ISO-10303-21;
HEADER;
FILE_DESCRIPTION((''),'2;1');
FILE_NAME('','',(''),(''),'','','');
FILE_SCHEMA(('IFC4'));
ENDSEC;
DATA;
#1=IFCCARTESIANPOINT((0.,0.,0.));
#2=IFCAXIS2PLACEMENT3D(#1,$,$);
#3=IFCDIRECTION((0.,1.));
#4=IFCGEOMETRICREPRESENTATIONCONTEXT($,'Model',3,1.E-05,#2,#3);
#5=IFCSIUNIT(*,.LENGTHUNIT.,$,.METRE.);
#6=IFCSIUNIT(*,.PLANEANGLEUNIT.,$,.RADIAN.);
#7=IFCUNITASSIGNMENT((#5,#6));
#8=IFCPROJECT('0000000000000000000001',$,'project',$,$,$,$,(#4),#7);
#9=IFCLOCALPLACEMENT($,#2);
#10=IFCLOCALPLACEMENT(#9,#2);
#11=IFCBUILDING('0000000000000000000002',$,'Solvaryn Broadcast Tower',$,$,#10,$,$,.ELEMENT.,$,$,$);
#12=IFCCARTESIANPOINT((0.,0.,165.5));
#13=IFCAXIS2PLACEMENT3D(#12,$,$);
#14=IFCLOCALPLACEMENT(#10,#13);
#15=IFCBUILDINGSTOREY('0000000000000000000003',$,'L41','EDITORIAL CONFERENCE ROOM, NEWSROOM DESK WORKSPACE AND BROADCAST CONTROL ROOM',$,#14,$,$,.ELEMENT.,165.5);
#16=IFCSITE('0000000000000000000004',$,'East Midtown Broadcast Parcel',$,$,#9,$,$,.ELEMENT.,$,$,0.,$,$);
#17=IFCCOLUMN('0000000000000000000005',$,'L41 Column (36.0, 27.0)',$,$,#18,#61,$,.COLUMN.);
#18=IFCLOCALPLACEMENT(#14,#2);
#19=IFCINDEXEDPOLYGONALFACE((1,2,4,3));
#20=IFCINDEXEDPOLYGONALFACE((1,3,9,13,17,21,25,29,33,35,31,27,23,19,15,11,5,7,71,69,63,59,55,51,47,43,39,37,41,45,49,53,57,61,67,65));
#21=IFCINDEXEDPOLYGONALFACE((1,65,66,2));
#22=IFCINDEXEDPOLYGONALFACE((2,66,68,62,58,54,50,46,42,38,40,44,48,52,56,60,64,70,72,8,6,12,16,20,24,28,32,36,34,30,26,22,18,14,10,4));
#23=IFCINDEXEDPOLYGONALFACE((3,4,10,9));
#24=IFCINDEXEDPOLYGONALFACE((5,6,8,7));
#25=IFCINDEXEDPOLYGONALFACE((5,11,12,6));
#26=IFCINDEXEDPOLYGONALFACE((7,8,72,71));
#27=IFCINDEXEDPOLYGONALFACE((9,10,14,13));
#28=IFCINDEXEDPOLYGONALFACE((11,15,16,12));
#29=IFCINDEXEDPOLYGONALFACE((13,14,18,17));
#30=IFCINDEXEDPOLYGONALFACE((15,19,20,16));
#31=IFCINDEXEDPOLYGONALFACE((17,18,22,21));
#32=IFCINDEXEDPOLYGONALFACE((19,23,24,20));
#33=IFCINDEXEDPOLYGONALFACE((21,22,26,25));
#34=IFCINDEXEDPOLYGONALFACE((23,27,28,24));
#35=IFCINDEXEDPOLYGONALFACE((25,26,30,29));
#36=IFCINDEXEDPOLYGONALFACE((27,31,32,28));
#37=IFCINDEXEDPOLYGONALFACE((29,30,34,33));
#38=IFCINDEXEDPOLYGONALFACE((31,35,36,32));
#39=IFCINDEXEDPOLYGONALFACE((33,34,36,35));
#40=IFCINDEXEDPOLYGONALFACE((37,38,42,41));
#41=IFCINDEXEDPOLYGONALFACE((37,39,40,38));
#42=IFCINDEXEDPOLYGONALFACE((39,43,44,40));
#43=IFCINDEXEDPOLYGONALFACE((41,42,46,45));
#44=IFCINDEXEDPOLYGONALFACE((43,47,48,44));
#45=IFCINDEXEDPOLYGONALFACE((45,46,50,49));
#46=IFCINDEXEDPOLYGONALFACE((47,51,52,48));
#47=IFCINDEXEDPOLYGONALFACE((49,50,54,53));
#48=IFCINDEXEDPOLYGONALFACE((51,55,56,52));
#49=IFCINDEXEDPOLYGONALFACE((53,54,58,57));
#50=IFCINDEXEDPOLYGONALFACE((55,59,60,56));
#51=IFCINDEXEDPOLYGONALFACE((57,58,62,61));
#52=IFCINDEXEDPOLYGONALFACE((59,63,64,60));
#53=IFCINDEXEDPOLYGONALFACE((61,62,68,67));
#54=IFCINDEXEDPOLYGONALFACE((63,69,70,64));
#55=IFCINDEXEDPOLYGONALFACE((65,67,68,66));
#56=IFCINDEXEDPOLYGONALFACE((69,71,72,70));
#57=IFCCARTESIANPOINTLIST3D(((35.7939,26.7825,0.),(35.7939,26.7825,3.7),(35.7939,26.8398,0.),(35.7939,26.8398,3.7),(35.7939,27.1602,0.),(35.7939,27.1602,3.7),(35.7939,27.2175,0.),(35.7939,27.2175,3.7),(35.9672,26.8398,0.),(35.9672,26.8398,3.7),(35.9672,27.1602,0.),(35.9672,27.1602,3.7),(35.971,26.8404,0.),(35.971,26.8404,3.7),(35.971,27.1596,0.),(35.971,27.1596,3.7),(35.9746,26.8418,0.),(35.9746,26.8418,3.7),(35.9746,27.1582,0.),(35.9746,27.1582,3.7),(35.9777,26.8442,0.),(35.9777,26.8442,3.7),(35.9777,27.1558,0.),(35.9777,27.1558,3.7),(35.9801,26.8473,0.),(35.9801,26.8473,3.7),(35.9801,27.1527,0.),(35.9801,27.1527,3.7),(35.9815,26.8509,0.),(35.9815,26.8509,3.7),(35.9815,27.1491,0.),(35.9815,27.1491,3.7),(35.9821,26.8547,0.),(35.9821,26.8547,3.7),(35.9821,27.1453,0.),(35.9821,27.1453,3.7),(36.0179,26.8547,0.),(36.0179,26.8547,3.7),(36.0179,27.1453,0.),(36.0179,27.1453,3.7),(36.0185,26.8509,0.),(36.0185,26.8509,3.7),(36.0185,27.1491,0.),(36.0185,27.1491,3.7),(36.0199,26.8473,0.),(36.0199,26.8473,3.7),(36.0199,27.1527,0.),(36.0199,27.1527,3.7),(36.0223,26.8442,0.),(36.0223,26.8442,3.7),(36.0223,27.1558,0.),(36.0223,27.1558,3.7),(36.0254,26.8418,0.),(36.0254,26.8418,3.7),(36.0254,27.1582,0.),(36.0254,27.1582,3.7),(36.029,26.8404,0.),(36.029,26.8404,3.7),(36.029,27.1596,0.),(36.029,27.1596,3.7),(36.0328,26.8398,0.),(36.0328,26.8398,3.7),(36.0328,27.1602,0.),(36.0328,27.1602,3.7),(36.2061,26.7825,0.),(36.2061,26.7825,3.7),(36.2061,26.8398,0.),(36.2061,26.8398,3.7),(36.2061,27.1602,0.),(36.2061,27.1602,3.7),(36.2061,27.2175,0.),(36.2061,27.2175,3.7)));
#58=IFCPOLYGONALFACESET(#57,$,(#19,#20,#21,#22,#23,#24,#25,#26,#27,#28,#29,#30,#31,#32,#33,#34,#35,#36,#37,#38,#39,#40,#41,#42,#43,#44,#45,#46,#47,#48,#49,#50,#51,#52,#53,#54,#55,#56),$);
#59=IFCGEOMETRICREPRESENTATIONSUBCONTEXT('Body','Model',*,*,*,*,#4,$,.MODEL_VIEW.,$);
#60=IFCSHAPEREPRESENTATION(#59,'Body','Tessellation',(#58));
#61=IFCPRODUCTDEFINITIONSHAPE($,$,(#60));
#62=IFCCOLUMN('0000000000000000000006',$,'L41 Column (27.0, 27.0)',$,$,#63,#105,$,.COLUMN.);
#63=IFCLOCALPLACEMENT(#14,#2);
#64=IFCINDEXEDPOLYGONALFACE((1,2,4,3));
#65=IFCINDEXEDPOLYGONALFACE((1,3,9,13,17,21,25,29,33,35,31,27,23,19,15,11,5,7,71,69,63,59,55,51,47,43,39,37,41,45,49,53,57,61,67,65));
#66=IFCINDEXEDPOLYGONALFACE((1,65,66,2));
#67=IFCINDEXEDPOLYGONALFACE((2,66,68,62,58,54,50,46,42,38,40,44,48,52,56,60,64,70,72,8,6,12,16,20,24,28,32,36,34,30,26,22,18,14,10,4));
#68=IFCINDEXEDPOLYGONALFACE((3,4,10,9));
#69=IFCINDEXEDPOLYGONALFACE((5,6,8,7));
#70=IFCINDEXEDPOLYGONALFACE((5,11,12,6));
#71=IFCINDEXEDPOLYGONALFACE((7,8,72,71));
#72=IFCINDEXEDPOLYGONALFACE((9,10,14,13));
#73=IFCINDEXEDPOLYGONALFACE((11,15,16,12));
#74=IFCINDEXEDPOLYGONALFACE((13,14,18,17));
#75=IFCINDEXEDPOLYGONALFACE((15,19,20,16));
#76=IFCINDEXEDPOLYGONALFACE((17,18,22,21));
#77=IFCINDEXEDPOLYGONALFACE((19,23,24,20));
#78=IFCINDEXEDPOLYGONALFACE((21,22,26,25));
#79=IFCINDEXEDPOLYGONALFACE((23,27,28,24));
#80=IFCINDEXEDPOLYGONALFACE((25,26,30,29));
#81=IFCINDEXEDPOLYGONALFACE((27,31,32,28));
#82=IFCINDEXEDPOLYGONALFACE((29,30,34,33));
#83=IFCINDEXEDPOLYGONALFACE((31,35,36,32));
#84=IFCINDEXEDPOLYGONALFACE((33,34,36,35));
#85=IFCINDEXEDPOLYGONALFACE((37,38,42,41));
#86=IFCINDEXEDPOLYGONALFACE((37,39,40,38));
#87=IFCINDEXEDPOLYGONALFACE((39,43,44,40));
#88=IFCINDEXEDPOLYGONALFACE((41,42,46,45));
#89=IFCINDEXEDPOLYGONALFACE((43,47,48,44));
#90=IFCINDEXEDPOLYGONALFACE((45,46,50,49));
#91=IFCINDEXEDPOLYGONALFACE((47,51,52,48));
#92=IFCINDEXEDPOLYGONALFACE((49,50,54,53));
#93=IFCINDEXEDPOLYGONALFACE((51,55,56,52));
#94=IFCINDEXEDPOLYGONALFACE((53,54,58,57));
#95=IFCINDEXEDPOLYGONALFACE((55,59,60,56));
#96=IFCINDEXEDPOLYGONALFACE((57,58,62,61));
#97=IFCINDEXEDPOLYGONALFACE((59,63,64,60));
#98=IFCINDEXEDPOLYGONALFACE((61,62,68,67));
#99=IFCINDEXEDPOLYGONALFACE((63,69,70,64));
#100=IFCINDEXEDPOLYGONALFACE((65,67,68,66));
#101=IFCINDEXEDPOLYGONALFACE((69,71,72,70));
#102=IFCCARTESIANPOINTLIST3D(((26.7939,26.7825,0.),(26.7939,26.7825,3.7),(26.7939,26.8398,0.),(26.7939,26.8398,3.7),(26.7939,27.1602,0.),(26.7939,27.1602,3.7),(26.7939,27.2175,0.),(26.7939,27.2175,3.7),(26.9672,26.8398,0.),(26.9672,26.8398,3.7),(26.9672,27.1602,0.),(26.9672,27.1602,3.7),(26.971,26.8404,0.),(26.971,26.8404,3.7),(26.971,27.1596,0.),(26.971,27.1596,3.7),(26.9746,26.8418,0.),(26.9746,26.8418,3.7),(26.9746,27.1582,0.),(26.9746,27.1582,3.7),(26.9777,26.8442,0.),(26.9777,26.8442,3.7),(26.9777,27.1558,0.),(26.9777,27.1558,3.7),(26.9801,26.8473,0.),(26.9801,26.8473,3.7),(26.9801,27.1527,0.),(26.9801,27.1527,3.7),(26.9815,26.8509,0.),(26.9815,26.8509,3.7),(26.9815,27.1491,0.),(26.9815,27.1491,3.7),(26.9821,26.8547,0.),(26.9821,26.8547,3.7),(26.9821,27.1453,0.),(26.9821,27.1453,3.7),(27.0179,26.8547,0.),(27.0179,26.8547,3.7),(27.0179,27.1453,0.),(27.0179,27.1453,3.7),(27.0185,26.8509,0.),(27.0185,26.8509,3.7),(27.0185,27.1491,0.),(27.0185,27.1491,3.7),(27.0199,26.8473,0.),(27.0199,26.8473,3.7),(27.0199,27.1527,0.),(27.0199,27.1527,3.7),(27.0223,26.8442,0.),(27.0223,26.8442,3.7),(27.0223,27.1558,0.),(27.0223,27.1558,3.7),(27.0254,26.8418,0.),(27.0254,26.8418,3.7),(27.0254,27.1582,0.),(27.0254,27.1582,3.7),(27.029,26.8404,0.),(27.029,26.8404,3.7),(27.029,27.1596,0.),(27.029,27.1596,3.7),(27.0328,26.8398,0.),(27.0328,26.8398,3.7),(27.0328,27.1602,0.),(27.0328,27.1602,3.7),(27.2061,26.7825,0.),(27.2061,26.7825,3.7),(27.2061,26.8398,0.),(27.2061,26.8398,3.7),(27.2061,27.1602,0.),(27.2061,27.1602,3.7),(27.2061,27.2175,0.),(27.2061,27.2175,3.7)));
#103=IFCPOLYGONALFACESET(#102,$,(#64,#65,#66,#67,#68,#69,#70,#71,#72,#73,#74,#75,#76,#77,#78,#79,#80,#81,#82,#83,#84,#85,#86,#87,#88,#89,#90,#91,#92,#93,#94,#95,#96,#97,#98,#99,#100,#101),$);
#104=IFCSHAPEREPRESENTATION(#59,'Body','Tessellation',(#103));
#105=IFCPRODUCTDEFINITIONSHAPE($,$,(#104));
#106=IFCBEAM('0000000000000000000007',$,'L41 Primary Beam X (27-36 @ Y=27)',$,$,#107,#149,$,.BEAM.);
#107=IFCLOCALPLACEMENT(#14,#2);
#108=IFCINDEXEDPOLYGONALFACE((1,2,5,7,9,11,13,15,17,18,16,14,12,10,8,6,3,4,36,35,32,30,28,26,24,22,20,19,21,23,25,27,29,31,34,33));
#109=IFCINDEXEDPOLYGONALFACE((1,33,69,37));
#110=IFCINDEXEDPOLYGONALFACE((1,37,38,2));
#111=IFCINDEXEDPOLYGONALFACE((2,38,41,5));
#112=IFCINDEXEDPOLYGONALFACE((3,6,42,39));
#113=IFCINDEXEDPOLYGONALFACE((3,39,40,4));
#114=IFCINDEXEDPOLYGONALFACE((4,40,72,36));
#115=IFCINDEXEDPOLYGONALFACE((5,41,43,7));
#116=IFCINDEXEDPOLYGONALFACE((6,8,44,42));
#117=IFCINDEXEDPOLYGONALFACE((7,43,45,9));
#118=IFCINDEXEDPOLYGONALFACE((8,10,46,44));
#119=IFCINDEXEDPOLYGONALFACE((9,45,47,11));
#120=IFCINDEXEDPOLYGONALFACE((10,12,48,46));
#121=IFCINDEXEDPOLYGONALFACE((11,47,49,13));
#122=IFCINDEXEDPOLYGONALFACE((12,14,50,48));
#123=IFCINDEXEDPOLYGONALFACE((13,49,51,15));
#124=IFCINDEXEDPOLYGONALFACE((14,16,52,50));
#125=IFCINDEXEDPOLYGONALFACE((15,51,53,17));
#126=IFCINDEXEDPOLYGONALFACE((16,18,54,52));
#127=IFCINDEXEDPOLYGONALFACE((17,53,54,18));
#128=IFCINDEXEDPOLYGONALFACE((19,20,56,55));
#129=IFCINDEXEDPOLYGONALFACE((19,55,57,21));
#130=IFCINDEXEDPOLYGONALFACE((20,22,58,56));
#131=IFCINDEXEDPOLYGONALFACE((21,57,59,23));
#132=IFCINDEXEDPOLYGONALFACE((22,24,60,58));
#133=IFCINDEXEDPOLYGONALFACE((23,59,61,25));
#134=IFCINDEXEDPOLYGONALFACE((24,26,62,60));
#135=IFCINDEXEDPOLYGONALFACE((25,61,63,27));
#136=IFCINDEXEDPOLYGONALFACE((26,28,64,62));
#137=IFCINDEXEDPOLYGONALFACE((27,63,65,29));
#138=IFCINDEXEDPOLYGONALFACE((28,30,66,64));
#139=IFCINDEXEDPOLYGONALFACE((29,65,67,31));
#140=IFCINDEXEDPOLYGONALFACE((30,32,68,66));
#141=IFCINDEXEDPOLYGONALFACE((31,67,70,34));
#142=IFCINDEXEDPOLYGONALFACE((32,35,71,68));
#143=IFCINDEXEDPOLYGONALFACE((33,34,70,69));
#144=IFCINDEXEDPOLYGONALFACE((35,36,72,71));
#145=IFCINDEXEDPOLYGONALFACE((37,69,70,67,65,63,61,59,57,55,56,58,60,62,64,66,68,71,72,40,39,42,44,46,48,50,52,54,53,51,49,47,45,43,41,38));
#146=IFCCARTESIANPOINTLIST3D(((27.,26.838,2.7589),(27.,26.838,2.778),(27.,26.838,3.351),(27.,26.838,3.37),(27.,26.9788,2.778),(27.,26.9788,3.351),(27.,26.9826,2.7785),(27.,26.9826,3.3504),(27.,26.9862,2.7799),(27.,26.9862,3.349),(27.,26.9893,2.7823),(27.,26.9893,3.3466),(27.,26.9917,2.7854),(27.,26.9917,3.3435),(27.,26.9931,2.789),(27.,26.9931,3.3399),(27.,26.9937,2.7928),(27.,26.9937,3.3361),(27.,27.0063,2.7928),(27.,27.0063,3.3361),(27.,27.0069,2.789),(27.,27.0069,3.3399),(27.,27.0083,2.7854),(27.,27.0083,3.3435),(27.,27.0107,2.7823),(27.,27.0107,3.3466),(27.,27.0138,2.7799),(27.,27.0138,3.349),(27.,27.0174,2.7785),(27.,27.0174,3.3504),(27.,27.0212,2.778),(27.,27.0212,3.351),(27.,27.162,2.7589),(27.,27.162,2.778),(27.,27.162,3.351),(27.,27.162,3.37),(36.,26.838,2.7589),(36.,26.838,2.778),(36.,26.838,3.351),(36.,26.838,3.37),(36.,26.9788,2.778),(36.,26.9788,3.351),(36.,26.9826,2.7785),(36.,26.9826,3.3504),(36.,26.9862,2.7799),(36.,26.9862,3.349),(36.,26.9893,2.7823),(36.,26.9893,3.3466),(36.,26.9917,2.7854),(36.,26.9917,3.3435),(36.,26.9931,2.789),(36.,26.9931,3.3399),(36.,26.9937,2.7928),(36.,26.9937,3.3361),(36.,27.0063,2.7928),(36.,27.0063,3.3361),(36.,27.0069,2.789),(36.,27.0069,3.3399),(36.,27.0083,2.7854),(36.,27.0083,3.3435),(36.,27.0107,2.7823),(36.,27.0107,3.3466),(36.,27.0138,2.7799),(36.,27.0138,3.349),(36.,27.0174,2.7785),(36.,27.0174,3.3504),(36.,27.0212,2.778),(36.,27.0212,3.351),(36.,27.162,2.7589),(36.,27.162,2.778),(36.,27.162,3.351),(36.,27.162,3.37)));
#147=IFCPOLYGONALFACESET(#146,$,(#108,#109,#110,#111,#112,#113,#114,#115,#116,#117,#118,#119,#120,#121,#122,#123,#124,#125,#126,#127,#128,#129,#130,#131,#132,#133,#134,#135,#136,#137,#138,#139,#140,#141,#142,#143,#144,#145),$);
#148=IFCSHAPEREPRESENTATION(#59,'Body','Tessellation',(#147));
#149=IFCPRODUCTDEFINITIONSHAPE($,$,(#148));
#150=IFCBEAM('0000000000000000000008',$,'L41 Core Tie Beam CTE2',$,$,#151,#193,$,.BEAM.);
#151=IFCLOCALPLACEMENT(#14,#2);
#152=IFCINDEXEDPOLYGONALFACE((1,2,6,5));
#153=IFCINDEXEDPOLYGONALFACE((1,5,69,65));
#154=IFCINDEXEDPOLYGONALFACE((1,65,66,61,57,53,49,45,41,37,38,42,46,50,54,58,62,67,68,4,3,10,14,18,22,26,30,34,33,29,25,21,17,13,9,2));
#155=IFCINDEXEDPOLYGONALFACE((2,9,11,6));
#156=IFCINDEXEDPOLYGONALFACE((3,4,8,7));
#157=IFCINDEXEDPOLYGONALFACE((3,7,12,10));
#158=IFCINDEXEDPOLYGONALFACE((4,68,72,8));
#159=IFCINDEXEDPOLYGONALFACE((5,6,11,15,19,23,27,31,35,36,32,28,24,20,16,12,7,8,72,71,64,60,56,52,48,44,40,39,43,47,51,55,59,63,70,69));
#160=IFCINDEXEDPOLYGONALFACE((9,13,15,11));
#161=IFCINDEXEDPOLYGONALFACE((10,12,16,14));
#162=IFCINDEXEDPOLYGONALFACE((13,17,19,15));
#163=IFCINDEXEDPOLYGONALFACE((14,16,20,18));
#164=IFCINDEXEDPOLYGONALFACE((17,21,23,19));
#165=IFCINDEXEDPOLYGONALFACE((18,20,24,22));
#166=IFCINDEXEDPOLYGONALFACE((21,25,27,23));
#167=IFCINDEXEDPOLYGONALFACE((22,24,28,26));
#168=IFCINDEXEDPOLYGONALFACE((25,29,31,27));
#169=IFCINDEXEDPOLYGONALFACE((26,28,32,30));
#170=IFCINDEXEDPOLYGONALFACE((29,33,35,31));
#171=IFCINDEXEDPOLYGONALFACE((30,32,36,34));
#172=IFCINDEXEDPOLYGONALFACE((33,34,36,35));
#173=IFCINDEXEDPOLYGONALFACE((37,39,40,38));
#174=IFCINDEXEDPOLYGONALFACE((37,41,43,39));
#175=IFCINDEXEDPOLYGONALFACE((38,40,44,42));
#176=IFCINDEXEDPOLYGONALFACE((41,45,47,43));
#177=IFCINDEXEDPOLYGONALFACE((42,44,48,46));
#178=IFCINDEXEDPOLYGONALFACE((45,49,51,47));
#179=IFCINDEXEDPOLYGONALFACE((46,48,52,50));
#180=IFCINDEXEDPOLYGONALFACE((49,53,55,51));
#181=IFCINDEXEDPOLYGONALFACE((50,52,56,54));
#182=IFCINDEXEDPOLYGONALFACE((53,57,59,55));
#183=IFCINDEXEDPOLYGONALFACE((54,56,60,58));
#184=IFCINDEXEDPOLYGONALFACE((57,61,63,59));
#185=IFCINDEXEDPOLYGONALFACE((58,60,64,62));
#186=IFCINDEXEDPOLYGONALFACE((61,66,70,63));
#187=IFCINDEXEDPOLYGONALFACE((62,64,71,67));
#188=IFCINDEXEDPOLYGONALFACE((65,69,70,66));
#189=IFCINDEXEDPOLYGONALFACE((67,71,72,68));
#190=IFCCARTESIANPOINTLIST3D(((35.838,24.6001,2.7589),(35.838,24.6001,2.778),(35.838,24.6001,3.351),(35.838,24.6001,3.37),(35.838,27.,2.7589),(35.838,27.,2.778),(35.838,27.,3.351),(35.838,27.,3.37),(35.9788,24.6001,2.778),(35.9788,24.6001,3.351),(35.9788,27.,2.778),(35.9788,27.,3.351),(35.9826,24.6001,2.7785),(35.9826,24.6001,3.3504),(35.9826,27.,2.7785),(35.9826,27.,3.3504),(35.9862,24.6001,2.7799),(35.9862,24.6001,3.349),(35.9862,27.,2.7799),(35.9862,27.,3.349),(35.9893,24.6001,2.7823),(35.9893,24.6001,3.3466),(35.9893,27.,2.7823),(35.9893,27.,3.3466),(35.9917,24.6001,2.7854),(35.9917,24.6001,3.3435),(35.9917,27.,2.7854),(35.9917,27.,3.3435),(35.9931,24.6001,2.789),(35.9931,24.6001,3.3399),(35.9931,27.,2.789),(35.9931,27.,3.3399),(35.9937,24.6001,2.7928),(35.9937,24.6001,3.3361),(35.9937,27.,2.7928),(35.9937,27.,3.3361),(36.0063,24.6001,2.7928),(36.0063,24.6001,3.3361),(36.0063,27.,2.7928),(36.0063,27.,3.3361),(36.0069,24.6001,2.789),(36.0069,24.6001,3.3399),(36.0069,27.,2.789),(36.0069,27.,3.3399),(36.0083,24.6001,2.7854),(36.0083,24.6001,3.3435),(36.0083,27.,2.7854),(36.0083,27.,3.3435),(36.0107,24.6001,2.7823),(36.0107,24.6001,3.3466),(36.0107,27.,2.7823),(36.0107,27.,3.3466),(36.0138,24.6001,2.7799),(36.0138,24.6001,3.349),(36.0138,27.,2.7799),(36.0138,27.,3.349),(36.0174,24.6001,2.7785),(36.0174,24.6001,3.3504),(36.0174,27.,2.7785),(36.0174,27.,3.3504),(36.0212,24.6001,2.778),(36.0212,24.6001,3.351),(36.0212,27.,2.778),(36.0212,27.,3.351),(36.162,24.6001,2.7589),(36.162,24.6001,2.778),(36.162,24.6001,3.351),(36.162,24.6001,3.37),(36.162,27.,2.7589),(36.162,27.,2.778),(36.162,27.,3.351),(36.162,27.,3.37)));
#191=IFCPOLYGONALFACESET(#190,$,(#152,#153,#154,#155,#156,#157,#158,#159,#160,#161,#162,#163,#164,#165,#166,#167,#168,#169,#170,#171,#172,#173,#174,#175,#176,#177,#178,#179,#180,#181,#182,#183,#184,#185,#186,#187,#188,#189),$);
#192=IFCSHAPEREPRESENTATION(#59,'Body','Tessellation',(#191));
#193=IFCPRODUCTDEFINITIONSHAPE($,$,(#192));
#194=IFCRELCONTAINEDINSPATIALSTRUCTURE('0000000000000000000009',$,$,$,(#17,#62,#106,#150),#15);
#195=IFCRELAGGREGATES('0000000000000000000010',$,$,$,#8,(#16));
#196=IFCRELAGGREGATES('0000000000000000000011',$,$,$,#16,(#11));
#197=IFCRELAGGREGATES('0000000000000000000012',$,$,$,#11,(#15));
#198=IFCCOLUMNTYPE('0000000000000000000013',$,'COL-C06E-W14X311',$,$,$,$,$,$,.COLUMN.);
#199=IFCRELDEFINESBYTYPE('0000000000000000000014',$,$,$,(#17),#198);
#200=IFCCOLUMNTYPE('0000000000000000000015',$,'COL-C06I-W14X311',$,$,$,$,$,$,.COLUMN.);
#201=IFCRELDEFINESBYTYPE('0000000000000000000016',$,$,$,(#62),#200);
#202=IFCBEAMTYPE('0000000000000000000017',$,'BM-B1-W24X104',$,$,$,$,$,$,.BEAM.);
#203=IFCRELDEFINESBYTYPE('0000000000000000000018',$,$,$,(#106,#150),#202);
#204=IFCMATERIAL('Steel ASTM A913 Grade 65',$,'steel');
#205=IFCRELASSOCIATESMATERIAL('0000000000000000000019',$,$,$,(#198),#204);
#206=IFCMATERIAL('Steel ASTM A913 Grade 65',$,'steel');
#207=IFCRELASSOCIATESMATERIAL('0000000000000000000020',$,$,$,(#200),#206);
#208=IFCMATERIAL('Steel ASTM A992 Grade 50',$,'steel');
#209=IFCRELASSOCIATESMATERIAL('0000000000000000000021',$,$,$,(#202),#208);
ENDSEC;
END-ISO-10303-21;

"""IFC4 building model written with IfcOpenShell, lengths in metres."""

from ifc_helpers import new_model, si_unit, direction, frame, origin, origin_2d, place, context, subcontext, project, spatial, i_section, extrude, material, material_profile, profile_set, type_object, element, save


model = new_model("IFC4")

# Units and contexts
model_context = context("Model", 3, precision=1e-05, world=origin(), true_north=direction((0.0, 1.0)))
body_context = subcontext(model_context, "Body", "Model", "MODEL_VIEW")
ifc_project = project(units=[si_unit("LENGTHUNIT", "METRE"), si_unit("PLANEANGLEUNIT", "RADIAN")], contexts=[model_context])

# Site, building, storey
site_placement = place(None, origin())
site = spatial("IfcSite", under=ifc_project, at=site_placement, Name="East Midtown Broadcast Parcel", CompositionType="ELEMENT", RefElevation=0.0)
building_placement = place(site_placement, origin())
building = spatial("IfcBuilding", under=site, at=building_placement, Name="Solvaryn Broadcast Tower", CompositionType="ELEMENT")
storey_placement = place(building_placement, frame((0.0, 0.0, 165.5)))
storey = spatial("IfcBuildingStorey", under=building, at=storey_placement, Name="L41", Description="EDITORIAL CONFERENCE ROOM, NEWSROOM DESK WORKSPACE AND BROADCAST CONTROL ROOM", CompositionType="ELEMENT", Elevation=165.5)

# Columns
ifc_material_1 = material(Name="Steel ASTM A913 Grade 65", Category="steel")
ifc_material_profile_1 = material_profile(ifc_material_1, i_section(OverallWidth=0.4121, OverallDepth=0.4351, WebThickness=0.0359, FlangeThickness=0.0574, FilletRadius=0.0149, at=origin_2d()))
ifc_profile_set_1 = profile_set([ifc_material_profile_1], Name="Steel ASTM A913 Grade 65")
column_type_1 = type_object("IfcColumnType", Name="COL-C06E-W14X311", PredefinedType="COLUMN", material=ifc_profile_set_1)
column_1_placement = place(storey_placement, frame((36.0, 27.0, 0.0), z_axis=(0.0, 0.0, 1.0), x_axis=(1.0, 0.0, 0.0)))
element("IfcColumn", 1, at=column_1_placement, inside=storey, type_object=column_type_1, Name="L41 Column (36.0, 27.0)", PredefinedType="COLUMN", context=body_context, shape_type="SweptSolid", body=[
    extrude(i_section(OverallWidth=0.4121, OverallDepth=0.4351, WebThickness=0.0359, FlangeThickness=0.0574, FilletRadius=0.0149, at=origin_2d()), origin(), (0.0, 0.0, 1.0), 3.7),
])
ifc_material_2 = material(Name="Steel ASTM A913 Grade 65", Category="steel")
ifc_material_profile_2 = material_profile(ifc_material_2, i_section(OverallWidth=0.4121, OverallDepth=0.4351, WebThickness=0.0359, FlangeThickness=0.0574, FilletRadius=0.0149, at=origin_2d()))
ifc_profile_set_2 = profile_set([ifc_material_profile_2], Name="Steel ASTM A913 Grade 65")
column_type_2 = type_object("IfcColumnType", Name="COL-C06I-W14X311", PredefinedType="COLUMN", material=ifc_profile_set_2)
column_2_placement = place(storey_placement, frame((27.0, 27.0, 0.0), z_axis=(0.0, 0.0, 1.0), x_axis=(1.0, 0.0, 0.0)))
element("IfcColumn", 2, at=column_2_placement, inside=storey, type_object=column_type_2, Name="L41 Column (27.0, 27.0)", PredefinedType="COLUMN", context=body_context, shape_type="SweptSolid", body=[
    extrude(i_section(OverallWidth=0.4121, OverallDepth=0.4351, WebThickness=0.0359, FlangeThickness=0.0574, FilletRadius=0.0149, at=origin_2d()), origin(), (0.0, 0.0, 1.0), 3.7),
])

# Beams
ifc_material_3 = material(Name="Steel ASTM A992 Grade 50", Category="steel")
ifc_material_profile_3 = material_profile(ifc_material_3, i_section(OverallWidth=0.324, OverallDepth=0.6111, WebThickness=0.0127, FlangeThickness=0.019, FilletRadius=0.0149, at=origin_2d()))
ifc_profile_set_3 = profile_set([ifc_material_profile_3], Name="Steel ASTM A992 Grade 50")
beam_type_1 = type_object("IfcBeamType", Name="BM-B1-W24X104", PredefinedType="BEAM", material=ifc_profile_set_3)
beam_1_placement = place(storey_placement, frame((27.0, 27.0, 3.0645), z_axis=(1.0, 0.0, 0.0), x_axis=(0.0, 1.0, 0.0)))
element("IfcBeam", 3, at=beam_1_placement, inside=storey, type_object=beam_type_1, Name="L41 Primary Beam X (27-36 @ Y=27)", PredefinedType="BEAM", context=body_context, shape_type="SweptSolid", body=[
    extrude(i_section(OverallWidth=0.324, OverallDepth=0.6111, WebThickness=0.0127, FlangeThickness=0.019, FilletRadius=0.0149, at=origin_2d()), origin(), (0.0, 0.0, 1.0), 9.0),
])
beam_2_placement = place(storey_placement, frame((36.0, 24.6001, 3.0645), z_axis=(0.0, 1.0, 0.0), x_axis=(-1.0, 0.0, 0.0)))
element("IfcBeam", 4, at=beam_2_placement, inside=storey, type_object=beam_type_1, Name="L41 Core Tie Beam CTE2", PredefinedType="BEAM", context=body_context, shape_type="SweptSolid", body=[
    extrude(i_section(OverallWidth=0.324, OverallDepth=0.6111, WebThickness=0.0127, FlangeThickness=0.019, FilletRadius=0.0149, at=origin_2d()), origin(), (0.0, 0.0, 1.0), 2.3999),
])

save(model, "model.ifc")
